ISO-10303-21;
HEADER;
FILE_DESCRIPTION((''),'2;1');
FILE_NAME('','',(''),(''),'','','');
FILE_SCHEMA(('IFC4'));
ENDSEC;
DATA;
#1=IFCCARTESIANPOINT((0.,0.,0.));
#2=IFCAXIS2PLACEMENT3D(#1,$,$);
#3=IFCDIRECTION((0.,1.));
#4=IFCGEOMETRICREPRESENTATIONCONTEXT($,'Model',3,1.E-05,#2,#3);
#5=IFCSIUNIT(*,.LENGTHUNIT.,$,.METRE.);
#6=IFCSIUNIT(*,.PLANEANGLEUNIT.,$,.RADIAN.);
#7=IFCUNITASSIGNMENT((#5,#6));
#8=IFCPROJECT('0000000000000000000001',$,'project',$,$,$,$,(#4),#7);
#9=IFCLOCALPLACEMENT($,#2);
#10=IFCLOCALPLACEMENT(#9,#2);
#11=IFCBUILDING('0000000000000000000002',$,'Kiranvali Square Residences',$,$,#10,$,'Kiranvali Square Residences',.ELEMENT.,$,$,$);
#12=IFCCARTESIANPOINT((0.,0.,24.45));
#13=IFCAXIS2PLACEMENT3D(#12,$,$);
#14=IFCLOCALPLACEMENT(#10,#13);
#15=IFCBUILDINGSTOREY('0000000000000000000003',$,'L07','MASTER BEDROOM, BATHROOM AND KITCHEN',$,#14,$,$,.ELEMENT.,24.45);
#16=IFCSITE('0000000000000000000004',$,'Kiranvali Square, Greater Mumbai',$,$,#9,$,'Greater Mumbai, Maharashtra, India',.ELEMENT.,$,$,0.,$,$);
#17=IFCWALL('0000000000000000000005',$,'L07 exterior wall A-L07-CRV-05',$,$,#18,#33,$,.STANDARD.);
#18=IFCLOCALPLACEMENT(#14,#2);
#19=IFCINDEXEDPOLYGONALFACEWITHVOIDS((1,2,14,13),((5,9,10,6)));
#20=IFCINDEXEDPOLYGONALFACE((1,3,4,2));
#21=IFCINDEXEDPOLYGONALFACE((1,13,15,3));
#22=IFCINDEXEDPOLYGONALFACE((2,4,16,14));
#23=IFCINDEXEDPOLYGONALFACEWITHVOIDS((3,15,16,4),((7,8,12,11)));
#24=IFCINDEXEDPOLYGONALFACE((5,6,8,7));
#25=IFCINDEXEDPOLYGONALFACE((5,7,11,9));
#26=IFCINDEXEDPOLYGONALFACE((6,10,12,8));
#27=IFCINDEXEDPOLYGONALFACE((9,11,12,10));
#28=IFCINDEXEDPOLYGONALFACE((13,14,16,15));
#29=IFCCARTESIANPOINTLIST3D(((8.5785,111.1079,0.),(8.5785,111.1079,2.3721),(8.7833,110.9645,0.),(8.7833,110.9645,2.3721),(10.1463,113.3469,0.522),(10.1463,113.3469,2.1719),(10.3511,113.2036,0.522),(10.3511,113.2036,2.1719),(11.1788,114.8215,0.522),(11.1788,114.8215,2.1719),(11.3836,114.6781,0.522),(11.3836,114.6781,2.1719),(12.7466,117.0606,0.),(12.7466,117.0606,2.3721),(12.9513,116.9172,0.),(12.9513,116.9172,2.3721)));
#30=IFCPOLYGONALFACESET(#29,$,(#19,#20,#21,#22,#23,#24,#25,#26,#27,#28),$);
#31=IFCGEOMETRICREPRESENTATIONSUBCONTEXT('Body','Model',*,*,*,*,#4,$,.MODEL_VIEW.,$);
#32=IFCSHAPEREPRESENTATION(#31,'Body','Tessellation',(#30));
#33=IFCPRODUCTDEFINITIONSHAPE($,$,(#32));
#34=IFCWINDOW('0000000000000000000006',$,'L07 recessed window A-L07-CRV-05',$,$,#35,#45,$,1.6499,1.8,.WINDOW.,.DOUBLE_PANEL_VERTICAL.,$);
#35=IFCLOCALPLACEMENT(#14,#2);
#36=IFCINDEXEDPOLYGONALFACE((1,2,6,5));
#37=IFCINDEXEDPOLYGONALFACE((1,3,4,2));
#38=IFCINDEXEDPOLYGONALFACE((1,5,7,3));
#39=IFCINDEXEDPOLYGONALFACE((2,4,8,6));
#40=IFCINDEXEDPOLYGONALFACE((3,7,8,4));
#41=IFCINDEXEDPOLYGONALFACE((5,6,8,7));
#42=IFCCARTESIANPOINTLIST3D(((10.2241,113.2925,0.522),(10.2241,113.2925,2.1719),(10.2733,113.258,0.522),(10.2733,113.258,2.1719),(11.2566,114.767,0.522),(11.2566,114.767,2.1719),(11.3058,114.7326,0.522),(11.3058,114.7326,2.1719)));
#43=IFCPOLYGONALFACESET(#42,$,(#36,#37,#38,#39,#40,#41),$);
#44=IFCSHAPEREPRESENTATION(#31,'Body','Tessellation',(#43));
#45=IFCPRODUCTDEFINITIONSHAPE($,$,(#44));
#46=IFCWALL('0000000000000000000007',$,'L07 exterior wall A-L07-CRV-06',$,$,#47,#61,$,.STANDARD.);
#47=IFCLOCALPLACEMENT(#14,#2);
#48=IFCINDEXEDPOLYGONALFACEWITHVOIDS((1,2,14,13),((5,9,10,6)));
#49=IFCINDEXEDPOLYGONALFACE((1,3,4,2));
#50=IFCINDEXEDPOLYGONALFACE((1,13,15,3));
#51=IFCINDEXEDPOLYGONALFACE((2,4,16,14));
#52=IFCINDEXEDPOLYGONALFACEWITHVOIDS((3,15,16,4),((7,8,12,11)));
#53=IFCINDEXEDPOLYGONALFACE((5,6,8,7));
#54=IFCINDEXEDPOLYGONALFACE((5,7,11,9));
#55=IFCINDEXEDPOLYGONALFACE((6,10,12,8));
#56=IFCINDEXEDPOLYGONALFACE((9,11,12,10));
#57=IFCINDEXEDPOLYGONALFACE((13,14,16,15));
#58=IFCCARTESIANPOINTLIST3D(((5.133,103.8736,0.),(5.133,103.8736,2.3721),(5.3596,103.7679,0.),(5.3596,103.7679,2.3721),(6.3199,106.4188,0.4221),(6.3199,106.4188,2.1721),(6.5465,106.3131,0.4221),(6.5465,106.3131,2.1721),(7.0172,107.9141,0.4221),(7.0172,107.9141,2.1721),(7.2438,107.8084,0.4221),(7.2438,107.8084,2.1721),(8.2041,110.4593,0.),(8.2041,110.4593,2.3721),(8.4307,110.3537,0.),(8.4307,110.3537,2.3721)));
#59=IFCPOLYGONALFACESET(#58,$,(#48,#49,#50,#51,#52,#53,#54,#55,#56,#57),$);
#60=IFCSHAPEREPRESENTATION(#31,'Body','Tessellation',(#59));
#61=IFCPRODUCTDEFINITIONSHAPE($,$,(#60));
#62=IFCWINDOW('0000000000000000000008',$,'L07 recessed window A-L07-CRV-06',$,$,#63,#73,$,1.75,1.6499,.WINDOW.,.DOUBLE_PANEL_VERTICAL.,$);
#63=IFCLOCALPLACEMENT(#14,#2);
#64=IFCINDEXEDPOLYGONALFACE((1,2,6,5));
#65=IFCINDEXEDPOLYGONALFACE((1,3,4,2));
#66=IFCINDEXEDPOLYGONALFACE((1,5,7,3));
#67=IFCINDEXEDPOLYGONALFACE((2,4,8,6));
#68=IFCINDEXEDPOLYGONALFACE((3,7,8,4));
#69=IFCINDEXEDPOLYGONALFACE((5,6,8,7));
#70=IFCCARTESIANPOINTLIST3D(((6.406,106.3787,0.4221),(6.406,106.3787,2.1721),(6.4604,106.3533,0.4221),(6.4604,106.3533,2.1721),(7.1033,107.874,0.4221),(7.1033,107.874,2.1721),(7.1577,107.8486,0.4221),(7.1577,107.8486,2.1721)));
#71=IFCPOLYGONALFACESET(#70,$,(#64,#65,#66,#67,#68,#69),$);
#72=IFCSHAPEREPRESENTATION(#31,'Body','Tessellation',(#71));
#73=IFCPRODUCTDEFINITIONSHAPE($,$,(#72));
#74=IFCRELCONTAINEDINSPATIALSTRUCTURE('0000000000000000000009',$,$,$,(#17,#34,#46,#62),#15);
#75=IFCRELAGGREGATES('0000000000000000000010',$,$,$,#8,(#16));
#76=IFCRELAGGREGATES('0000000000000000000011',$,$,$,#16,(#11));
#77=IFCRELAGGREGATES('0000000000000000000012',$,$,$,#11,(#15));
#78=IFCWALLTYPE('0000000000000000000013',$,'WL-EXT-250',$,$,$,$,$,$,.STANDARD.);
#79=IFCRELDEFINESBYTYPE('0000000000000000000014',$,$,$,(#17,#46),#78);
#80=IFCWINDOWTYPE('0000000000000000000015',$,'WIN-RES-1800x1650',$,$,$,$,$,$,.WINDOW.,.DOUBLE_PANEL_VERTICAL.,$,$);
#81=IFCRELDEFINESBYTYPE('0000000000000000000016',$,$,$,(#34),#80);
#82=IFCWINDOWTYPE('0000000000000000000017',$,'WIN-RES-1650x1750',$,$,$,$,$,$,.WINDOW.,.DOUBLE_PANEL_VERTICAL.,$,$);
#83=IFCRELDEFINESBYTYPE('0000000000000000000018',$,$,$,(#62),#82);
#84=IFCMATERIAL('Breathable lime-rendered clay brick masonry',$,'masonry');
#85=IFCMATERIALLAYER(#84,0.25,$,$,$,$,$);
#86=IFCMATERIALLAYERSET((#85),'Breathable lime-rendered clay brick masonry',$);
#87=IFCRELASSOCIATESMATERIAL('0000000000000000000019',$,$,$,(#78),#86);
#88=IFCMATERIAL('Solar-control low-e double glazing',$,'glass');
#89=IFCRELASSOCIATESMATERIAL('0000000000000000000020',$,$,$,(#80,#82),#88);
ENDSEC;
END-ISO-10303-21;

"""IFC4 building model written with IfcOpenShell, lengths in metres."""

from ifc_helpers import new_model, si_unit, direction, frame, frame_2d, origin, place, context, subcontext, project, spatial, rectangle, extrude, material, layer, layer_set, type_object, element, fill, save


model = new_model("IFC4")

# Units and contexts
model_context = context("Model", 3, precision=1e-05, world=origin(), true_north=direction((0.0, 1.0)))
body_context = subcontext(model_context, "Body", "Model", "MODEL_VIEW")
ifc_project = project(units=[si_unit("LENGTHUNIT", "METRE"), si_unit("PLANEANGLEUNIT", "RADIAN")], contexts=[model_context])

# Site, building, storey
site_placement = place(None, origin())
site = spatial("IfcSite", under=ifc_project, at=site_placement, Name="Kiranvali Square, Greater Mumbai", LongName="Greater Mumbai, Maharashtra, India", CompositionType="ELEMENT", RefElevation=0.0)
building_placement = place(site_placement, origin())
building = spatial("IfcBuilding", under=site, at=building_placement, Name="Kiranvali Square Residences", LongName="Kiranvali Square Residences", CompositionType="ELEMENT")
storey_placement = place(building_placement, frame((0.0, 0.0, 24.45)))
storey = spatial("IfcBuildingStorey", under=building, at=storey_placement, Name="L07", Description="MASTER BEDROOM, BATHROOM AND KITCHEN", CompositionType="ELEMENT", Elevation=24.45)

# Shared definitions
ifc_material_1 = material(Name="Breathable lime-rendered clay brick masonry", Category="masonry")
ifc_layer = layer(ifc_material_1, 0.25)
ifc_layer_set = layer_set([ifc_layer], Name="Breathable lime-rendered clay brick masonry")
wall_type = type_object("IfcWallType", Name="WL-EXT-250", PredefinedType="STANDARD", material=ifc_layer_set)
ifc_material_2 = material(Name="Solar-control low-e double glazing", Category="glass")

# Walls, openings, windows
wall_1_placement = place(storey_placement, frame((12.8489, 116.9888, 0.0), z_axis=(0.0, 0.0, 1.0), x_axis=(-0.573566, -0.819159, 0.0)))
wall_1 = element("IfcWall", 1, at=wall_1_placement, inside=storey, type_object=wall_type, Name="L07 exterior wall A-L07-CRV-05", PredefinedType="STANDARD", context=body_context, shape_type="SweptSolid", body=[
    extrude(rectangle(XDim=7.2668, YDim=0.25, at=frame_2d((3.6333, 0.0))), origin(), (0.0, 0.0, 1.0), 2.3721),
])
opening_1_placement = place(wall_1_placement, frame((2.7334, 0.0, 0.522)))
opening_1 = element("IfcOpeningElement", 2, at=opening_1_placement, cuts=wall_1, PredefinedType="OPENING", context=body_context, shape_type="SweptSolid", body=[
    extrude(rectangle(XDim=1.8, YDim=1.6499, at=frame_2d((0.8999, 0.825))), frame((0.0, 0.135, 0.0), z_axis=(0.0, -1.0, 0.0), x_axis=(1.0, 0.0, 0.0)), (0.0, 0.0, 1.0), 0.27),
])
window_type_1 = type_object("IfcWindowType", Name="WIN-RES-1800x1650", PartitioningType="DOUBLE_PANEL_VERTICAL", PredefinedType="WINDOW", material=ifc_material_2)
window_1_placement = place(opening_1_placement, origin())
window_1 = element("IfcWindow", 3, at=window_1_placement, inside=storey, type_object=window_type_1, Name="L07 recessed window A-L07-CRV-05", OverallHeight=1.6499, OverallWidth=1.8, PartitioningType="DOUBLE_PANEL_VERTICAL", PredefinedType="WINDOW", context=body_context, shape_type="SweptSolid", body=[
    extrude(rectangle(XDim=1.8, YDim=1.6499, at=frame_2d((0.8999, 0.825))), frame((0.0, 0.03, 0.0), z_axis=(0.0, -1.0, 0.0), x_axis=(1.0, 0.0, 0.0)), (0.0, 0.0, 1.0), 0.0601),
])
fill(opening_1, window_1)
wall_2_placement = place(storey_placement, frame((8.3174, 110.4065, 0.0), z_axis=(0.0, 0.0, 1.0), x_axis=(-0.422628, -0.906303, 0.0)))
wall_2 = element("IfcWall", 4, at=wall_2_placement, inside=storey, type_object=wall_type, Name="L07 exterior wall A-L07-CRV-06", PredefinedType="STANDARD", context=body_context, shape_type="SweptSolid", body=[
    extrude(rectangle(XDim=7.2666, YDim=0.25, at=frame_2d((3.6333, 0.0))), origin(), (0.0, 0.0, 1.0), 2.3721),
])
opening_2_placement = place(wall_2_placement, frame((2.8083, 0.0, 0.4221)))
opening_2 = element("IfcOpeningElement", 5, at=opening_2_placement, cuts=wall_2, PredefinedType="OPENING", context=body_context, shape_type="SweptSolid", body=[
    extrude(rectangle(XDim=1.6499, YDim=1.75, at=frame_2d((0.825, 0.875))), frame((0.0, 0.135, 0.0), z_axis=(0.0, -1.0, 0.0), x_axis=(1.0, 0.0, 0.0)), (0.0, 0.0, 1.0), 0.27),
])
window_type_2 = type_object("IfcWindowType", Name="WIN-RES-1650x1750", PartitioningType="DOUBLE_PANEL_VERTICAL", PredefinedType="WINDOW", material=ifc_material_2)
window_2_placement = place(opening_2_placement, origin())
window_2 = element("IfcWindow", 6, at=window_2_placement, inside=storey, type_object=window_type_2, Name="L07 recessed window A-L07-CRV-06", OverallHeight=1.75, OverallWidth=1.6499, PartitioningType="DOUBLE_PANEL_VERTICAL", PredefinedType="WINDOW", context=body_context, shape_type="SweptSolid", body=[
    extrude(rectangle(XDim=1.6499, YDim=1.75, at=frame_2d((0.825, 0.875))), frame((0.0, 0.03, 0.0), z_axis=(0.0, -1.0, 0.0), x_axis=(1.0, 0.0, 0.0)), (0.0, 0.0, 1.0), 0.0601),
])
fill(opening_2, window_2)

save(model, "model.ifc")
